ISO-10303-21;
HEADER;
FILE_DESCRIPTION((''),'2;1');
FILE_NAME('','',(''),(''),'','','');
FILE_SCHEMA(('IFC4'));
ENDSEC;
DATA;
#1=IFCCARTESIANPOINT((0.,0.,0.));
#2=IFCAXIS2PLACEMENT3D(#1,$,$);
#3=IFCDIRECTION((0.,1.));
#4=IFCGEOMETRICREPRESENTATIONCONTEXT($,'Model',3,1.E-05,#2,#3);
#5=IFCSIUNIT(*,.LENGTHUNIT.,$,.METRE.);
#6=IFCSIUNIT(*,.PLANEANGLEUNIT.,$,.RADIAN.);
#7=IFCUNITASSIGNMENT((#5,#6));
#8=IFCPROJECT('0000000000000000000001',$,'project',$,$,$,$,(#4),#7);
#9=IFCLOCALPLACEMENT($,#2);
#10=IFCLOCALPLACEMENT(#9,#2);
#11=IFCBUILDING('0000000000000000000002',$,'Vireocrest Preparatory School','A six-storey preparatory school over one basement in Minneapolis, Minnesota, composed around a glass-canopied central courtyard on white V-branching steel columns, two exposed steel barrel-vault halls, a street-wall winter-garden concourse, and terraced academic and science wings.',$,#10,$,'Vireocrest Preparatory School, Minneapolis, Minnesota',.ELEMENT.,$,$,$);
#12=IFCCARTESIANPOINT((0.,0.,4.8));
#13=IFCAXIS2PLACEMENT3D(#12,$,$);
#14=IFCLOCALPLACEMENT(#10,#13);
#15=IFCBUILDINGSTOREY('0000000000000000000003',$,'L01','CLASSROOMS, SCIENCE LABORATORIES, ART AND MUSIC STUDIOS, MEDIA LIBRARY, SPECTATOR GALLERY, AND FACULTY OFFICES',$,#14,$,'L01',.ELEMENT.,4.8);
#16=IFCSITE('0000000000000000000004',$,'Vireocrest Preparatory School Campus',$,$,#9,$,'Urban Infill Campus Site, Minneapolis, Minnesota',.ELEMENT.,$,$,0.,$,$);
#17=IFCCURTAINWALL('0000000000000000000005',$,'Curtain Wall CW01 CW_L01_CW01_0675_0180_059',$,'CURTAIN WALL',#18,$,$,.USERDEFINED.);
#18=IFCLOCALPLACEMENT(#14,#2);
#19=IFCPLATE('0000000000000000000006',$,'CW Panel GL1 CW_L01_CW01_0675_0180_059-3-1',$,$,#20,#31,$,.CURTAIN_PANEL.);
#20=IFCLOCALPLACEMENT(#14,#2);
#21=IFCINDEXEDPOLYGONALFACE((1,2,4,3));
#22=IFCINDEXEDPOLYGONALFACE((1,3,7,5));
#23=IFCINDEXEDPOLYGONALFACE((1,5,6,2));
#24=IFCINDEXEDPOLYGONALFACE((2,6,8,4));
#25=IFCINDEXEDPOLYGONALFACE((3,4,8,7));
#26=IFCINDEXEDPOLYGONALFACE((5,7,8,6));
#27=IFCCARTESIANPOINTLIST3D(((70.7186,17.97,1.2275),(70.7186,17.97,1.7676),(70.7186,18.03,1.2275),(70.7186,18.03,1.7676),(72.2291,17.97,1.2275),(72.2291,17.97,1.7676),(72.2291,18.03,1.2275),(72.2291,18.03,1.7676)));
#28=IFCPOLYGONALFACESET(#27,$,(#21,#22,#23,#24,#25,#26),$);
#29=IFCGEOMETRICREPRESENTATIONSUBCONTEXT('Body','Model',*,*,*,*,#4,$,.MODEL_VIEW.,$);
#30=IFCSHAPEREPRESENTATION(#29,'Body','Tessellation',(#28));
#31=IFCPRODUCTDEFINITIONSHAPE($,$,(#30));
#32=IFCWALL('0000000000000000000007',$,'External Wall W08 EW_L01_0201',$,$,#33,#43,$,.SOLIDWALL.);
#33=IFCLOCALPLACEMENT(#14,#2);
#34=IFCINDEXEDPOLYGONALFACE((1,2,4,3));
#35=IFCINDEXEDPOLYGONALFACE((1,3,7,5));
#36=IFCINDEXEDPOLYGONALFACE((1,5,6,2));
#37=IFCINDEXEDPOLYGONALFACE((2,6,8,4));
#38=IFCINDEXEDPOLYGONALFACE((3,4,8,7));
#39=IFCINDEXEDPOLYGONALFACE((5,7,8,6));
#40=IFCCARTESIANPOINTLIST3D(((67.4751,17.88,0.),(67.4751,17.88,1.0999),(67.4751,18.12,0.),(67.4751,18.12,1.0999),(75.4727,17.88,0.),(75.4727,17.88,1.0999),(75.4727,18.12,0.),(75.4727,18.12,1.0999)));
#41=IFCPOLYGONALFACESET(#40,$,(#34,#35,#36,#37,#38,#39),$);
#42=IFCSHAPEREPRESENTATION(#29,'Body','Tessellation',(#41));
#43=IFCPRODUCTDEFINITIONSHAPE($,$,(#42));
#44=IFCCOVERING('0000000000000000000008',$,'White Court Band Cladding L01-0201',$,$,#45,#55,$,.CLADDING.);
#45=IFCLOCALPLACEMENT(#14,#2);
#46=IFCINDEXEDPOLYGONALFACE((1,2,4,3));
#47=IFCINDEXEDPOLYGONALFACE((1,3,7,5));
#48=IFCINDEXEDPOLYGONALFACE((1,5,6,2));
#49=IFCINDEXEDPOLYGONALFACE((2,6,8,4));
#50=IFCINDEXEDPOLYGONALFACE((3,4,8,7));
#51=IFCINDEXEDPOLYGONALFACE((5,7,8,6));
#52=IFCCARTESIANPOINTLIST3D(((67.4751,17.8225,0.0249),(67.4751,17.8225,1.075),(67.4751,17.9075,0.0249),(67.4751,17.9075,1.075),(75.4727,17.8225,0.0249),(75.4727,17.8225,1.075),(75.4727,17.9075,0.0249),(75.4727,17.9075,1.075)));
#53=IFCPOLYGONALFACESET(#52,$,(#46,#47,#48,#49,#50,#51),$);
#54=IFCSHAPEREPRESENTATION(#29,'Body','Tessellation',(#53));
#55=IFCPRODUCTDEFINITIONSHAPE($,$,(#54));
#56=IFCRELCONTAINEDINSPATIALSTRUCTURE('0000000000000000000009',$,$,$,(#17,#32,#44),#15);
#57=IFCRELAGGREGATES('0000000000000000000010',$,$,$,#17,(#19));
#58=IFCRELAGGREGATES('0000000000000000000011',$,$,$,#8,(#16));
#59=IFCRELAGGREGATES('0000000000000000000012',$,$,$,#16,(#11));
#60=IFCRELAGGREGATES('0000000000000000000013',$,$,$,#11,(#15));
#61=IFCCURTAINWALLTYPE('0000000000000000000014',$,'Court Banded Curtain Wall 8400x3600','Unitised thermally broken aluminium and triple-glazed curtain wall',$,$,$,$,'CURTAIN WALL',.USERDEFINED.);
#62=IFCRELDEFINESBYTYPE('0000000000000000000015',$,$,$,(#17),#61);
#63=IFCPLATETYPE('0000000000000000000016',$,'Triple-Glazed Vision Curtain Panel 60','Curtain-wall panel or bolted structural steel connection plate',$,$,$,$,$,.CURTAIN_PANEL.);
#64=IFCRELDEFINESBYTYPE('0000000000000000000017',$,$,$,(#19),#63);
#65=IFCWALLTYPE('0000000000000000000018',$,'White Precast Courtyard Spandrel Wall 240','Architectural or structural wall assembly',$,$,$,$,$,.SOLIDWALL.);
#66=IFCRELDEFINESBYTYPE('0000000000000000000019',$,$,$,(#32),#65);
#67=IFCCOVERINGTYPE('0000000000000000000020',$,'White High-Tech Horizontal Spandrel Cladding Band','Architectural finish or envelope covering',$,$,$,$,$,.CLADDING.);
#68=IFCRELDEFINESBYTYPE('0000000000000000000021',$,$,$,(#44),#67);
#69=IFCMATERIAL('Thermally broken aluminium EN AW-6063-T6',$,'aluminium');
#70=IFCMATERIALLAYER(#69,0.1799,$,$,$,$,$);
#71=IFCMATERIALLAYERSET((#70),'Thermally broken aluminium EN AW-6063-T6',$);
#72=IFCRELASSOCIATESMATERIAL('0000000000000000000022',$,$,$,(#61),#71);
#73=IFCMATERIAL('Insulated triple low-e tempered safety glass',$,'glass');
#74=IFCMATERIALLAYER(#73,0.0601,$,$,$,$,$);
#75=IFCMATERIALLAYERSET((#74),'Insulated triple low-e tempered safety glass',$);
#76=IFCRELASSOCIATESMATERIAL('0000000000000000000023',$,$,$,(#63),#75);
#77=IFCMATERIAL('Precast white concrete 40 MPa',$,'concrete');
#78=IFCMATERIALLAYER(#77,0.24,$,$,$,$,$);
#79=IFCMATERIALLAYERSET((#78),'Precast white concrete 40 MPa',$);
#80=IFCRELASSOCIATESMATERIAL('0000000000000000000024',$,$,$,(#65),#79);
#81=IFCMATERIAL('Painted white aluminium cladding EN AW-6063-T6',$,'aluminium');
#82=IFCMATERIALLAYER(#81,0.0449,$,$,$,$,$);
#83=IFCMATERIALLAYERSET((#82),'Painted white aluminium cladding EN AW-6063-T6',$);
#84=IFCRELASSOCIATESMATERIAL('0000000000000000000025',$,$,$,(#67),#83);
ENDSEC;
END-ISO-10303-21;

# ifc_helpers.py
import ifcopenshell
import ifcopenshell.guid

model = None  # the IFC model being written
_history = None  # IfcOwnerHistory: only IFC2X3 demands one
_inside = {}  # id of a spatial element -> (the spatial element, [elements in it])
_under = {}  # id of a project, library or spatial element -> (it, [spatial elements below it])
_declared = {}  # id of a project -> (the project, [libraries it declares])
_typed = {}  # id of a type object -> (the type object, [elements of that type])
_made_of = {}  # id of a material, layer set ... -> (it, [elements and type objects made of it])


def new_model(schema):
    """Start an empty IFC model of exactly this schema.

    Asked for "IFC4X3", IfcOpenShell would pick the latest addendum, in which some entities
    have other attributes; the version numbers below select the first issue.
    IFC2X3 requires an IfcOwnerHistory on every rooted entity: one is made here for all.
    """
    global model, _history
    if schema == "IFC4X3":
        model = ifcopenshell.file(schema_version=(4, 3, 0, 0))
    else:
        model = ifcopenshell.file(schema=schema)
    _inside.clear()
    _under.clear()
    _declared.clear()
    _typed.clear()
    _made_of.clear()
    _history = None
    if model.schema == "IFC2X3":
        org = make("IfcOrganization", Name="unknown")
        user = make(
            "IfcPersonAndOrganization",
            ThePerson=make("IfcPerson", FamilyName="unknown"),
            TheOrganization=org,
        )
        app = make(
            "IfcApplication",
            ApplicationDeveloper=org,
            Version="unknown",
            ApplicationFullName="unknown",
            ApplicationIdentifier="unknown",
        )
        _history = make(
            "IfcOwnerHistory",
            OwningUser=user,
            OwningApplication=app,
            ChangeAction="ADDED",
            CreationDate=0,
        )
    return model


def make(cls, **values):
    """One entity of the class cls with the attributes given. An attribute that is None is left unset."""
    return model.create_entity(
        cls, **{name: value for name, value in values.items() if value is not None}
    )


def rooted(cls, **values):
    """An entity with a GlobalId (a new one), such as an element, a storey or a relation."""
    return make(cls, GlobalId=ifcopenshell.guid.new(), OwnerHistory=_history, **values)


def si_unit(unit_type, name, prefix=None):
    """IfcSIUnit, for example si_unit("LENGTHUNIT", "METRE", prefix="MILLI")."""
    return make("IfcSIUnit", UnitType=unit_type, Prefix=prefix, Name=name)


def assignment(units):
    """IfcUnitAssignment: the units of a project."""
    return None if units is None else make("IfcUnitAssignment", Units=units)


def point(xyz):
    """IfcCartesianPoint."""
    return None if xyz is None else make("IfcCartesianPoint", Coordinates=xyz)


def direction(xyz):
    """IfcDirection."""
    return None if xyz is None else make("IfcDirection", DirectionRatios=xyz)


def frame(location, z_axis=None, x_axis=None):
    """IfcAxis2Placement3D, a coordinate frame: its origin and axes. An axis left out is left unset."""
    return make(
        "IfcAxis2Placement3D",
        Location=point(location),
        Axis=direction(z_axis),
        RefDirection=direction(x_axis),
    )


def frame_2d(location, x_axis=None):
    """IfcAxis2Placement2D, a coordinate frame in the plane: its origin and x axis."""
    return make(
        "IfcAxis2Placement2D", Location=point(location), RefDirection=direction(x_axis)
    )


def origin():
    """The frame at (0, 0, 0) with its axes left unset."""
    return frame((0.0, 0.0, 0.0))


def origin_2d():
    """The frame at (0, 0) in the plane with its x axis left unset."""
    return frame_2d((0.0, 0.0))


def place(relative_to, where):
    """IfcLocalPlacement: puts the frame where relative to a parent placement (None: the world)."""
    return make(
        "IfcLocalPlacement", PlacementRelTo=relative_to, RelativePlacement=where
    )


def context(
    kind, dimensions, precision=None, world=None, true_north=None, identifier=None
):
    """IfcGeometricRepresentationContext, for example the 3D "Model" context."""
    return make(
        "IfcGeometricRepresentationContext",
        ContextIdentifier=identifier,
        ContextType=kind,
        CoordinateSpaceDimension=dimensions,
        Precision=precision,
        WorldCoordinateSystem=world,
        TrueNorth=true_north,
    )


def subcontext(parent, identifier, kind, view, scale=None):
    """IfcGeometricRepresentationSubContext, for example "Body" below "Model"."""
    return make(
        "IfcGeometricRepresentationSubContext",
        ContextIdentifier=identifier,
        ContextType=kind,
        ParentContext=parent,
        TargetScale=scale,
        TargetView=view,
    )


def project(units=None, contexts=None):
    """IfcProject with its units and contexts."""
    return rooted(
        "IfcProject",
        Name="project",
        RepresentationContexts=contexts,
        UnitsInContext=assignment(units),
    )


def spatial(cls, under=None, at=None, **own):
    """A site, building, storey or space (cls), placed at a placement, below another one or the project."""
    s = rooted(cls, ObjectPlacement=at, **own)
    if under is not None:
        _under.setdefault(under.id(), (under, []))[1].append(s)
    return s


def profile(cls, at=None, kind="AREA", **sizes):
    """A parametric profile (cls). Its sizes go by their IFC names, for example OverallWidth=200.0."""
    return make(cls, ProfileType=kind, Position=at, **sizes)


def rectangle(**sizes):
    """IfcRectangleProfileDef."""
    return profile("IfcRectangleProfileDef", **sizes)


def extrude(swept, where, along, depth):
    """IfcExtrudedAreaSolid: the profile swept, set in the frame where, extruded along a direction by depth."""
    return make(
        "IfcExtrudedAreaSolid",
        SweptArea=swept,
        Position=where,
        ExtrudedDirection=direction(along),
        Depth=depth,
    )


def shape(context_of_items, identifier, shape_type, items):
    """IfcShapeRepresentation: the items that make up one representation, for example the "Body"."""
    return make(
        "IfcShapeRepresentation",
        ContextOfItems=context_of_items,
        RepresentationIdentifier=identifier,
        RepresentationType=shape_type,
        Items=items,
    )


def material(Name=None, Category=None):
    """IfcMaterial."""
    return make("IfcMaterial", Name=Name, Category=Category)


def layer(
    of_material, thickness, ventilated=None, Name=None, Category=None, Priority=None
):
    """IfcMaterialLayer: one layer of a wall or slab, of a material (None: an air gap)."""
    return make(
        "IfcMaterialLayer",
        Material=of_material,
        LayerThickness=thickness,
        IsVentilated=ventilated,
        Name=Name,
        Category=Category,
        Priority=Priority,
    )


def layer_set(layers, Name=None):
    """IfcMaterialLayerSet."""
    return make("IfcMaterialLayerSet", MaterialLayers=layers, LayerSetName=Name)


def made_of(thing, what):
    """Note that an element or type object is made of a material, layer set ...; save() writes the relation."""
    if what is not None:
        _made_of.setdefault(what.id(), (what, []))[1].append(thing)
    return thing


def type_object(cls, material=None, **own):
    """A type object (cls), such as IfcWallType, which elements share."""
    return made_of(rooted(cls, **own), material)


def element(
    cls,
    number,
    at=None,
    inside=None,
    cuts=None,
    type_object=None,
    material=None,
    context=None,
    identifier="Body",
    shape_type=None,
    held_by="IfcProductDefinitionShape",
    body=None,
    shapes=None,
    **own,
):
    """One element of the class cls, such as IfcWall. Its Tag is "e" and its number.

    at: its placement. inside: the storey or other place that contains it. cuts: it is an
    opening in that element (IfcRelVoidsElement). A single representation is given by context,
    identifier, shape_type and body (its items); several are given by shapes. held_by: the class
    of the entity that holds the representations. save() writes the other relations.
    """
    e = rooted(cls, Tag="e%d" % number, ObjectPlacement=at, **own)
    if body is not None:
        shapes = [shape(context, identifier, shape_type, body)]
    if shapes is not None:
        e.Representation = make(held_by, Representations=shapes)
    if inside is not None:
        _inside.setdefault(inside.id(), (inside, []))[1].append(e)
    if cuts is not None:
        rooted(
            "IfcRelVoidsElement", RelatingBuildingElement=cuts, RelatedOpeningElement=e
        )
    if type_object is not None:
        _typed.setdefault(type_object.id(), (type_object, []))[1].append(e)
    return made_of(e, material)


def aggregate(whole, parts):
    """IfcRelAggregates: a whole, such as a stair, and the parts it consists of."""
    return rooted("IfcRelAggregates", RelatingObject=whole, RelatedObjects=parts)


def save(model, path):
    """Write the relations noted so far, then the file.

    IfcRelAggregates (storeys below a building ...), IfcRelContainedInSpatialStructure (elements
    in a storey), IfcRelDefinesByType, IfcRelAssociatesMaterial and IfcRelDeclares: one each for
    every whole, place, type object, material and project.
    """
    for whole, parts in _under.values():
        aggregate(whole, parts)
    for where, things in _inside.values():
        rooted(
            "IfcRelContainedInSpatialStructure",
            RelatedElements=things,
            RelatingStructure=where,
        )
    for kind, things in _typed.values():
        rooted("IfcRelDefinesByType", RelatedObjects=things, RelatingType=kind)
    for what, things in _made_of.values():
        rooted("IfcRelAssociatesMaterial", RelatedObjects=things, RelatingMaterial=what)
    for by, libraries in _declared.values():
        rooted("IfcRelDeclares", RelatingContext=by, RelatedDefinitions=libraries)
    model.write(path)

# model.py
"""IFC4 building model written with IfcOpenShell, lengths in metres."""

from ifc_helpers import new_model, si_unit, direction, frame, frame_2d, origin, origin_2d, place, context, subcontext, project, spatial, rectangle, extrude, material, layer, layer_set, type_object, element, aggregate, save


model = new_model("IFC4")

# Units and contexts
model_context = context("Model", 3, precision=1e-05, world=origin(), true_north=direction((0.0, 1.0)))
body_context = subcontext(model_context, "Body", "Model", "MODEL_VIEW")
ifc_project = project(units=[si_unit("LENGTHUNIT", "METRE"), si_unit("PLANEANGLEUNIT", "RADIAN")], contexts=[model_context])

# Site, building, storey
site_placement = place(None, origin())
site = spatial("IfcSite", under=ifc_project, at=site_placement, Name="Vireocrest Preparatory School Campus", LongName="Urban Infill Campus Site, Minneapolis, Minnesota", CompositionType="ELEMENT", RefElevation=0.0)
building_placement = place(site_placement, origin())
building = spatial("IfcBuilding", under=site, at=building_placement, Name="Vireocrest Preparatory School", Description="A six-storey preparatory school over one basement in Minneapolis, Minnesota, composed around a glass-canopied central courtyard on white V-branching steel columns, two exposed steel barrel-vault halls, a street-wall winter-garden concourse, and terraced academic and science wings.", LongName="Vireocrest Preparatory School, Minneapolis, Minnesota", CompositionType="ELEMENT")
storey_placement = place(building_placement, frame((0.0, 0.0, 4.8)))
storey = spatial("IfcBuildingStorey", under=building, at=storey_placement, Name="L01", Description="CLASSROOMS, SCIENCE LABORATORIES, ART AND MUSIC STUDIOS, MEDIA LIBRARY, SPECTATOR GALLERY, AND FACULTY OFFICES", LongName="L01", CompositionType="ELEMENT", Elevation=4.8)

# Curtain wall
ifc_material_1 = material(Name="Thermally broken aluminium EN AW-6063-T6", Category="aluminium")
ifc_layer_1 = layer(ifc_material_1, 0.1799)
ifc_layer_set_1 = layer_set([ifc_layer_1], Name="Thermally broken aluminium EN AW-6063-T6")
curtain_wall_type = type_object("IfcCurtainWallType", Name="Court Banded Curtain Wall 8400x3600", Description="Unitised thermally broken aluminium and triple-glazed curtain wall", ElementType="CURTAIN WALL", PredefinedType="USERDEFINED", material=ifc_layer_set_1)
curtain_wall_placement = place(storey_placement, origin())
curtain_wall = element("IfcCurtainWall", 1, at=curtain_wall_placement, inside=storey, type_object=curtain_wall_type, Name="Curtain Wall CW01 CW_L01_CW01_0675_0180_059", ObjectType="CURTAIN WALL", PredefinedType="USERDEFINED")

# Plate
ifc_material_2 = material(Name="Insulated triple low-e tempered safety glass", Category="glass")
ifc_layer_2 = layer(ifc_material_2, 0.0601)
ifc_layer_set_2 = layer_set([ifc_layer_2], Name="Insulated triple low-e tempered safety glass")
plate_type = type_object("IfcPlateType", Name="Triple-Glazed Vision Curtain Panel 60", Description="Curtain-wall panel or bolted structural steel connection plate", PredefinedType="CURTAIN_PANEL", material=ifc_layer_set_2)
plate_1_placement = place(storey_placement, frame((71.4739, 18.0, 1.2275), z_axis=(0.0, 0.0, 1.0), x_axis=(1.0, 0.0, 0.0)))
plate_1 = element("IfcPlate", 2, at=plate_1_placement, type_object=plate_type, Name="CW Panel GL1 CW_L01_CW01_0675_0180_059-3-1", PredefinedType="CURTAIN_PANEL", context=body_context, shape_type="SweptSolid", body=[
    extrude(rectangle(XDim=1.5105, YDim=0.0601, at=origin_2d()), origin(), (0.0, 0.0, 1.0), 0.54),
])
aggregate(curtain_wall, [plate_1])

# Wall
ifc_material_3 = material(Name="Precast white concrete 40 MPa", Category="concrete")
ifc_layer_3 = layer(ifc_material_3, 0.24)
ifc_layer_set_3 = layer_set([ifc_layer_3], Name="Precast white concrete 40 MPa")
wall_type = type_object("IfcWallType", Name="White Precast Courtyard Spandrel Wall 240", Description="Architectural or structural wall assembly", PredefinedType="SOLIDWALL", material=ifc_layer_set_3)
wall_placement = place(storey_placement, frame((67.4751, 18.0, 0.0), z_axis=(0.0, 0.0, 1.0), x_axis=(1.0, 0.0, 0.0)))
element("IfcWall", 3, at=wall_placement, inside=storey, type_object=wall_type, Name="External Wall W08 EW_L01_0201", PredefinedType="SOLIDWALL", context=body_context, shape_type="SweptSolid", body=[
    extrude(rectangle(XDim=7.9976, YDim=0.24, at=frame_2d((3.9988, 0.0))), origin(), (0.0, 0.0, 1.0), 1.0999),
])

# Covering
ifc_material_4 = material(Name="Painted white aluminium cladding EN AW-6063-T6", Category="aluminium")
ifc_layer_4 = layer(ifc_material_4, 0.0449)
ifc_layer_set_4 = layer_set([ifc_layer_4], Name="Painted white aluminium cladding EN AW-6063-T6")
covering_type = type_object("IfcCoveringType", Name="White High-Tech Horizontal Spandrel Cladding Band", Description="Architectural finish or envelope covering", PredefinedType="CLADDING", material=ifc_layer_set_4)
covering_placement = place(storey_placement, frame((71.4739, 17.865, 0.0249), z_axis=(0.0, 0.0, 1.0), x_axis=(1.0, 0.0, 0.0)))
element("IfcCovering", 4, at=covering_placement, inside=storey, type_object=covering_type, Name="White Court Band Cladding L01-0201", PredefinedType="CLADDING", context=body_context, shape_type="SweptSolid", body=[
    extrude(rectangle(XDim=7.9976, YDim=0.085, at=origin_2d()), origin(), (0.0, 0.0, 1.0), 1.05),
])

save(model, "model.ifc")
